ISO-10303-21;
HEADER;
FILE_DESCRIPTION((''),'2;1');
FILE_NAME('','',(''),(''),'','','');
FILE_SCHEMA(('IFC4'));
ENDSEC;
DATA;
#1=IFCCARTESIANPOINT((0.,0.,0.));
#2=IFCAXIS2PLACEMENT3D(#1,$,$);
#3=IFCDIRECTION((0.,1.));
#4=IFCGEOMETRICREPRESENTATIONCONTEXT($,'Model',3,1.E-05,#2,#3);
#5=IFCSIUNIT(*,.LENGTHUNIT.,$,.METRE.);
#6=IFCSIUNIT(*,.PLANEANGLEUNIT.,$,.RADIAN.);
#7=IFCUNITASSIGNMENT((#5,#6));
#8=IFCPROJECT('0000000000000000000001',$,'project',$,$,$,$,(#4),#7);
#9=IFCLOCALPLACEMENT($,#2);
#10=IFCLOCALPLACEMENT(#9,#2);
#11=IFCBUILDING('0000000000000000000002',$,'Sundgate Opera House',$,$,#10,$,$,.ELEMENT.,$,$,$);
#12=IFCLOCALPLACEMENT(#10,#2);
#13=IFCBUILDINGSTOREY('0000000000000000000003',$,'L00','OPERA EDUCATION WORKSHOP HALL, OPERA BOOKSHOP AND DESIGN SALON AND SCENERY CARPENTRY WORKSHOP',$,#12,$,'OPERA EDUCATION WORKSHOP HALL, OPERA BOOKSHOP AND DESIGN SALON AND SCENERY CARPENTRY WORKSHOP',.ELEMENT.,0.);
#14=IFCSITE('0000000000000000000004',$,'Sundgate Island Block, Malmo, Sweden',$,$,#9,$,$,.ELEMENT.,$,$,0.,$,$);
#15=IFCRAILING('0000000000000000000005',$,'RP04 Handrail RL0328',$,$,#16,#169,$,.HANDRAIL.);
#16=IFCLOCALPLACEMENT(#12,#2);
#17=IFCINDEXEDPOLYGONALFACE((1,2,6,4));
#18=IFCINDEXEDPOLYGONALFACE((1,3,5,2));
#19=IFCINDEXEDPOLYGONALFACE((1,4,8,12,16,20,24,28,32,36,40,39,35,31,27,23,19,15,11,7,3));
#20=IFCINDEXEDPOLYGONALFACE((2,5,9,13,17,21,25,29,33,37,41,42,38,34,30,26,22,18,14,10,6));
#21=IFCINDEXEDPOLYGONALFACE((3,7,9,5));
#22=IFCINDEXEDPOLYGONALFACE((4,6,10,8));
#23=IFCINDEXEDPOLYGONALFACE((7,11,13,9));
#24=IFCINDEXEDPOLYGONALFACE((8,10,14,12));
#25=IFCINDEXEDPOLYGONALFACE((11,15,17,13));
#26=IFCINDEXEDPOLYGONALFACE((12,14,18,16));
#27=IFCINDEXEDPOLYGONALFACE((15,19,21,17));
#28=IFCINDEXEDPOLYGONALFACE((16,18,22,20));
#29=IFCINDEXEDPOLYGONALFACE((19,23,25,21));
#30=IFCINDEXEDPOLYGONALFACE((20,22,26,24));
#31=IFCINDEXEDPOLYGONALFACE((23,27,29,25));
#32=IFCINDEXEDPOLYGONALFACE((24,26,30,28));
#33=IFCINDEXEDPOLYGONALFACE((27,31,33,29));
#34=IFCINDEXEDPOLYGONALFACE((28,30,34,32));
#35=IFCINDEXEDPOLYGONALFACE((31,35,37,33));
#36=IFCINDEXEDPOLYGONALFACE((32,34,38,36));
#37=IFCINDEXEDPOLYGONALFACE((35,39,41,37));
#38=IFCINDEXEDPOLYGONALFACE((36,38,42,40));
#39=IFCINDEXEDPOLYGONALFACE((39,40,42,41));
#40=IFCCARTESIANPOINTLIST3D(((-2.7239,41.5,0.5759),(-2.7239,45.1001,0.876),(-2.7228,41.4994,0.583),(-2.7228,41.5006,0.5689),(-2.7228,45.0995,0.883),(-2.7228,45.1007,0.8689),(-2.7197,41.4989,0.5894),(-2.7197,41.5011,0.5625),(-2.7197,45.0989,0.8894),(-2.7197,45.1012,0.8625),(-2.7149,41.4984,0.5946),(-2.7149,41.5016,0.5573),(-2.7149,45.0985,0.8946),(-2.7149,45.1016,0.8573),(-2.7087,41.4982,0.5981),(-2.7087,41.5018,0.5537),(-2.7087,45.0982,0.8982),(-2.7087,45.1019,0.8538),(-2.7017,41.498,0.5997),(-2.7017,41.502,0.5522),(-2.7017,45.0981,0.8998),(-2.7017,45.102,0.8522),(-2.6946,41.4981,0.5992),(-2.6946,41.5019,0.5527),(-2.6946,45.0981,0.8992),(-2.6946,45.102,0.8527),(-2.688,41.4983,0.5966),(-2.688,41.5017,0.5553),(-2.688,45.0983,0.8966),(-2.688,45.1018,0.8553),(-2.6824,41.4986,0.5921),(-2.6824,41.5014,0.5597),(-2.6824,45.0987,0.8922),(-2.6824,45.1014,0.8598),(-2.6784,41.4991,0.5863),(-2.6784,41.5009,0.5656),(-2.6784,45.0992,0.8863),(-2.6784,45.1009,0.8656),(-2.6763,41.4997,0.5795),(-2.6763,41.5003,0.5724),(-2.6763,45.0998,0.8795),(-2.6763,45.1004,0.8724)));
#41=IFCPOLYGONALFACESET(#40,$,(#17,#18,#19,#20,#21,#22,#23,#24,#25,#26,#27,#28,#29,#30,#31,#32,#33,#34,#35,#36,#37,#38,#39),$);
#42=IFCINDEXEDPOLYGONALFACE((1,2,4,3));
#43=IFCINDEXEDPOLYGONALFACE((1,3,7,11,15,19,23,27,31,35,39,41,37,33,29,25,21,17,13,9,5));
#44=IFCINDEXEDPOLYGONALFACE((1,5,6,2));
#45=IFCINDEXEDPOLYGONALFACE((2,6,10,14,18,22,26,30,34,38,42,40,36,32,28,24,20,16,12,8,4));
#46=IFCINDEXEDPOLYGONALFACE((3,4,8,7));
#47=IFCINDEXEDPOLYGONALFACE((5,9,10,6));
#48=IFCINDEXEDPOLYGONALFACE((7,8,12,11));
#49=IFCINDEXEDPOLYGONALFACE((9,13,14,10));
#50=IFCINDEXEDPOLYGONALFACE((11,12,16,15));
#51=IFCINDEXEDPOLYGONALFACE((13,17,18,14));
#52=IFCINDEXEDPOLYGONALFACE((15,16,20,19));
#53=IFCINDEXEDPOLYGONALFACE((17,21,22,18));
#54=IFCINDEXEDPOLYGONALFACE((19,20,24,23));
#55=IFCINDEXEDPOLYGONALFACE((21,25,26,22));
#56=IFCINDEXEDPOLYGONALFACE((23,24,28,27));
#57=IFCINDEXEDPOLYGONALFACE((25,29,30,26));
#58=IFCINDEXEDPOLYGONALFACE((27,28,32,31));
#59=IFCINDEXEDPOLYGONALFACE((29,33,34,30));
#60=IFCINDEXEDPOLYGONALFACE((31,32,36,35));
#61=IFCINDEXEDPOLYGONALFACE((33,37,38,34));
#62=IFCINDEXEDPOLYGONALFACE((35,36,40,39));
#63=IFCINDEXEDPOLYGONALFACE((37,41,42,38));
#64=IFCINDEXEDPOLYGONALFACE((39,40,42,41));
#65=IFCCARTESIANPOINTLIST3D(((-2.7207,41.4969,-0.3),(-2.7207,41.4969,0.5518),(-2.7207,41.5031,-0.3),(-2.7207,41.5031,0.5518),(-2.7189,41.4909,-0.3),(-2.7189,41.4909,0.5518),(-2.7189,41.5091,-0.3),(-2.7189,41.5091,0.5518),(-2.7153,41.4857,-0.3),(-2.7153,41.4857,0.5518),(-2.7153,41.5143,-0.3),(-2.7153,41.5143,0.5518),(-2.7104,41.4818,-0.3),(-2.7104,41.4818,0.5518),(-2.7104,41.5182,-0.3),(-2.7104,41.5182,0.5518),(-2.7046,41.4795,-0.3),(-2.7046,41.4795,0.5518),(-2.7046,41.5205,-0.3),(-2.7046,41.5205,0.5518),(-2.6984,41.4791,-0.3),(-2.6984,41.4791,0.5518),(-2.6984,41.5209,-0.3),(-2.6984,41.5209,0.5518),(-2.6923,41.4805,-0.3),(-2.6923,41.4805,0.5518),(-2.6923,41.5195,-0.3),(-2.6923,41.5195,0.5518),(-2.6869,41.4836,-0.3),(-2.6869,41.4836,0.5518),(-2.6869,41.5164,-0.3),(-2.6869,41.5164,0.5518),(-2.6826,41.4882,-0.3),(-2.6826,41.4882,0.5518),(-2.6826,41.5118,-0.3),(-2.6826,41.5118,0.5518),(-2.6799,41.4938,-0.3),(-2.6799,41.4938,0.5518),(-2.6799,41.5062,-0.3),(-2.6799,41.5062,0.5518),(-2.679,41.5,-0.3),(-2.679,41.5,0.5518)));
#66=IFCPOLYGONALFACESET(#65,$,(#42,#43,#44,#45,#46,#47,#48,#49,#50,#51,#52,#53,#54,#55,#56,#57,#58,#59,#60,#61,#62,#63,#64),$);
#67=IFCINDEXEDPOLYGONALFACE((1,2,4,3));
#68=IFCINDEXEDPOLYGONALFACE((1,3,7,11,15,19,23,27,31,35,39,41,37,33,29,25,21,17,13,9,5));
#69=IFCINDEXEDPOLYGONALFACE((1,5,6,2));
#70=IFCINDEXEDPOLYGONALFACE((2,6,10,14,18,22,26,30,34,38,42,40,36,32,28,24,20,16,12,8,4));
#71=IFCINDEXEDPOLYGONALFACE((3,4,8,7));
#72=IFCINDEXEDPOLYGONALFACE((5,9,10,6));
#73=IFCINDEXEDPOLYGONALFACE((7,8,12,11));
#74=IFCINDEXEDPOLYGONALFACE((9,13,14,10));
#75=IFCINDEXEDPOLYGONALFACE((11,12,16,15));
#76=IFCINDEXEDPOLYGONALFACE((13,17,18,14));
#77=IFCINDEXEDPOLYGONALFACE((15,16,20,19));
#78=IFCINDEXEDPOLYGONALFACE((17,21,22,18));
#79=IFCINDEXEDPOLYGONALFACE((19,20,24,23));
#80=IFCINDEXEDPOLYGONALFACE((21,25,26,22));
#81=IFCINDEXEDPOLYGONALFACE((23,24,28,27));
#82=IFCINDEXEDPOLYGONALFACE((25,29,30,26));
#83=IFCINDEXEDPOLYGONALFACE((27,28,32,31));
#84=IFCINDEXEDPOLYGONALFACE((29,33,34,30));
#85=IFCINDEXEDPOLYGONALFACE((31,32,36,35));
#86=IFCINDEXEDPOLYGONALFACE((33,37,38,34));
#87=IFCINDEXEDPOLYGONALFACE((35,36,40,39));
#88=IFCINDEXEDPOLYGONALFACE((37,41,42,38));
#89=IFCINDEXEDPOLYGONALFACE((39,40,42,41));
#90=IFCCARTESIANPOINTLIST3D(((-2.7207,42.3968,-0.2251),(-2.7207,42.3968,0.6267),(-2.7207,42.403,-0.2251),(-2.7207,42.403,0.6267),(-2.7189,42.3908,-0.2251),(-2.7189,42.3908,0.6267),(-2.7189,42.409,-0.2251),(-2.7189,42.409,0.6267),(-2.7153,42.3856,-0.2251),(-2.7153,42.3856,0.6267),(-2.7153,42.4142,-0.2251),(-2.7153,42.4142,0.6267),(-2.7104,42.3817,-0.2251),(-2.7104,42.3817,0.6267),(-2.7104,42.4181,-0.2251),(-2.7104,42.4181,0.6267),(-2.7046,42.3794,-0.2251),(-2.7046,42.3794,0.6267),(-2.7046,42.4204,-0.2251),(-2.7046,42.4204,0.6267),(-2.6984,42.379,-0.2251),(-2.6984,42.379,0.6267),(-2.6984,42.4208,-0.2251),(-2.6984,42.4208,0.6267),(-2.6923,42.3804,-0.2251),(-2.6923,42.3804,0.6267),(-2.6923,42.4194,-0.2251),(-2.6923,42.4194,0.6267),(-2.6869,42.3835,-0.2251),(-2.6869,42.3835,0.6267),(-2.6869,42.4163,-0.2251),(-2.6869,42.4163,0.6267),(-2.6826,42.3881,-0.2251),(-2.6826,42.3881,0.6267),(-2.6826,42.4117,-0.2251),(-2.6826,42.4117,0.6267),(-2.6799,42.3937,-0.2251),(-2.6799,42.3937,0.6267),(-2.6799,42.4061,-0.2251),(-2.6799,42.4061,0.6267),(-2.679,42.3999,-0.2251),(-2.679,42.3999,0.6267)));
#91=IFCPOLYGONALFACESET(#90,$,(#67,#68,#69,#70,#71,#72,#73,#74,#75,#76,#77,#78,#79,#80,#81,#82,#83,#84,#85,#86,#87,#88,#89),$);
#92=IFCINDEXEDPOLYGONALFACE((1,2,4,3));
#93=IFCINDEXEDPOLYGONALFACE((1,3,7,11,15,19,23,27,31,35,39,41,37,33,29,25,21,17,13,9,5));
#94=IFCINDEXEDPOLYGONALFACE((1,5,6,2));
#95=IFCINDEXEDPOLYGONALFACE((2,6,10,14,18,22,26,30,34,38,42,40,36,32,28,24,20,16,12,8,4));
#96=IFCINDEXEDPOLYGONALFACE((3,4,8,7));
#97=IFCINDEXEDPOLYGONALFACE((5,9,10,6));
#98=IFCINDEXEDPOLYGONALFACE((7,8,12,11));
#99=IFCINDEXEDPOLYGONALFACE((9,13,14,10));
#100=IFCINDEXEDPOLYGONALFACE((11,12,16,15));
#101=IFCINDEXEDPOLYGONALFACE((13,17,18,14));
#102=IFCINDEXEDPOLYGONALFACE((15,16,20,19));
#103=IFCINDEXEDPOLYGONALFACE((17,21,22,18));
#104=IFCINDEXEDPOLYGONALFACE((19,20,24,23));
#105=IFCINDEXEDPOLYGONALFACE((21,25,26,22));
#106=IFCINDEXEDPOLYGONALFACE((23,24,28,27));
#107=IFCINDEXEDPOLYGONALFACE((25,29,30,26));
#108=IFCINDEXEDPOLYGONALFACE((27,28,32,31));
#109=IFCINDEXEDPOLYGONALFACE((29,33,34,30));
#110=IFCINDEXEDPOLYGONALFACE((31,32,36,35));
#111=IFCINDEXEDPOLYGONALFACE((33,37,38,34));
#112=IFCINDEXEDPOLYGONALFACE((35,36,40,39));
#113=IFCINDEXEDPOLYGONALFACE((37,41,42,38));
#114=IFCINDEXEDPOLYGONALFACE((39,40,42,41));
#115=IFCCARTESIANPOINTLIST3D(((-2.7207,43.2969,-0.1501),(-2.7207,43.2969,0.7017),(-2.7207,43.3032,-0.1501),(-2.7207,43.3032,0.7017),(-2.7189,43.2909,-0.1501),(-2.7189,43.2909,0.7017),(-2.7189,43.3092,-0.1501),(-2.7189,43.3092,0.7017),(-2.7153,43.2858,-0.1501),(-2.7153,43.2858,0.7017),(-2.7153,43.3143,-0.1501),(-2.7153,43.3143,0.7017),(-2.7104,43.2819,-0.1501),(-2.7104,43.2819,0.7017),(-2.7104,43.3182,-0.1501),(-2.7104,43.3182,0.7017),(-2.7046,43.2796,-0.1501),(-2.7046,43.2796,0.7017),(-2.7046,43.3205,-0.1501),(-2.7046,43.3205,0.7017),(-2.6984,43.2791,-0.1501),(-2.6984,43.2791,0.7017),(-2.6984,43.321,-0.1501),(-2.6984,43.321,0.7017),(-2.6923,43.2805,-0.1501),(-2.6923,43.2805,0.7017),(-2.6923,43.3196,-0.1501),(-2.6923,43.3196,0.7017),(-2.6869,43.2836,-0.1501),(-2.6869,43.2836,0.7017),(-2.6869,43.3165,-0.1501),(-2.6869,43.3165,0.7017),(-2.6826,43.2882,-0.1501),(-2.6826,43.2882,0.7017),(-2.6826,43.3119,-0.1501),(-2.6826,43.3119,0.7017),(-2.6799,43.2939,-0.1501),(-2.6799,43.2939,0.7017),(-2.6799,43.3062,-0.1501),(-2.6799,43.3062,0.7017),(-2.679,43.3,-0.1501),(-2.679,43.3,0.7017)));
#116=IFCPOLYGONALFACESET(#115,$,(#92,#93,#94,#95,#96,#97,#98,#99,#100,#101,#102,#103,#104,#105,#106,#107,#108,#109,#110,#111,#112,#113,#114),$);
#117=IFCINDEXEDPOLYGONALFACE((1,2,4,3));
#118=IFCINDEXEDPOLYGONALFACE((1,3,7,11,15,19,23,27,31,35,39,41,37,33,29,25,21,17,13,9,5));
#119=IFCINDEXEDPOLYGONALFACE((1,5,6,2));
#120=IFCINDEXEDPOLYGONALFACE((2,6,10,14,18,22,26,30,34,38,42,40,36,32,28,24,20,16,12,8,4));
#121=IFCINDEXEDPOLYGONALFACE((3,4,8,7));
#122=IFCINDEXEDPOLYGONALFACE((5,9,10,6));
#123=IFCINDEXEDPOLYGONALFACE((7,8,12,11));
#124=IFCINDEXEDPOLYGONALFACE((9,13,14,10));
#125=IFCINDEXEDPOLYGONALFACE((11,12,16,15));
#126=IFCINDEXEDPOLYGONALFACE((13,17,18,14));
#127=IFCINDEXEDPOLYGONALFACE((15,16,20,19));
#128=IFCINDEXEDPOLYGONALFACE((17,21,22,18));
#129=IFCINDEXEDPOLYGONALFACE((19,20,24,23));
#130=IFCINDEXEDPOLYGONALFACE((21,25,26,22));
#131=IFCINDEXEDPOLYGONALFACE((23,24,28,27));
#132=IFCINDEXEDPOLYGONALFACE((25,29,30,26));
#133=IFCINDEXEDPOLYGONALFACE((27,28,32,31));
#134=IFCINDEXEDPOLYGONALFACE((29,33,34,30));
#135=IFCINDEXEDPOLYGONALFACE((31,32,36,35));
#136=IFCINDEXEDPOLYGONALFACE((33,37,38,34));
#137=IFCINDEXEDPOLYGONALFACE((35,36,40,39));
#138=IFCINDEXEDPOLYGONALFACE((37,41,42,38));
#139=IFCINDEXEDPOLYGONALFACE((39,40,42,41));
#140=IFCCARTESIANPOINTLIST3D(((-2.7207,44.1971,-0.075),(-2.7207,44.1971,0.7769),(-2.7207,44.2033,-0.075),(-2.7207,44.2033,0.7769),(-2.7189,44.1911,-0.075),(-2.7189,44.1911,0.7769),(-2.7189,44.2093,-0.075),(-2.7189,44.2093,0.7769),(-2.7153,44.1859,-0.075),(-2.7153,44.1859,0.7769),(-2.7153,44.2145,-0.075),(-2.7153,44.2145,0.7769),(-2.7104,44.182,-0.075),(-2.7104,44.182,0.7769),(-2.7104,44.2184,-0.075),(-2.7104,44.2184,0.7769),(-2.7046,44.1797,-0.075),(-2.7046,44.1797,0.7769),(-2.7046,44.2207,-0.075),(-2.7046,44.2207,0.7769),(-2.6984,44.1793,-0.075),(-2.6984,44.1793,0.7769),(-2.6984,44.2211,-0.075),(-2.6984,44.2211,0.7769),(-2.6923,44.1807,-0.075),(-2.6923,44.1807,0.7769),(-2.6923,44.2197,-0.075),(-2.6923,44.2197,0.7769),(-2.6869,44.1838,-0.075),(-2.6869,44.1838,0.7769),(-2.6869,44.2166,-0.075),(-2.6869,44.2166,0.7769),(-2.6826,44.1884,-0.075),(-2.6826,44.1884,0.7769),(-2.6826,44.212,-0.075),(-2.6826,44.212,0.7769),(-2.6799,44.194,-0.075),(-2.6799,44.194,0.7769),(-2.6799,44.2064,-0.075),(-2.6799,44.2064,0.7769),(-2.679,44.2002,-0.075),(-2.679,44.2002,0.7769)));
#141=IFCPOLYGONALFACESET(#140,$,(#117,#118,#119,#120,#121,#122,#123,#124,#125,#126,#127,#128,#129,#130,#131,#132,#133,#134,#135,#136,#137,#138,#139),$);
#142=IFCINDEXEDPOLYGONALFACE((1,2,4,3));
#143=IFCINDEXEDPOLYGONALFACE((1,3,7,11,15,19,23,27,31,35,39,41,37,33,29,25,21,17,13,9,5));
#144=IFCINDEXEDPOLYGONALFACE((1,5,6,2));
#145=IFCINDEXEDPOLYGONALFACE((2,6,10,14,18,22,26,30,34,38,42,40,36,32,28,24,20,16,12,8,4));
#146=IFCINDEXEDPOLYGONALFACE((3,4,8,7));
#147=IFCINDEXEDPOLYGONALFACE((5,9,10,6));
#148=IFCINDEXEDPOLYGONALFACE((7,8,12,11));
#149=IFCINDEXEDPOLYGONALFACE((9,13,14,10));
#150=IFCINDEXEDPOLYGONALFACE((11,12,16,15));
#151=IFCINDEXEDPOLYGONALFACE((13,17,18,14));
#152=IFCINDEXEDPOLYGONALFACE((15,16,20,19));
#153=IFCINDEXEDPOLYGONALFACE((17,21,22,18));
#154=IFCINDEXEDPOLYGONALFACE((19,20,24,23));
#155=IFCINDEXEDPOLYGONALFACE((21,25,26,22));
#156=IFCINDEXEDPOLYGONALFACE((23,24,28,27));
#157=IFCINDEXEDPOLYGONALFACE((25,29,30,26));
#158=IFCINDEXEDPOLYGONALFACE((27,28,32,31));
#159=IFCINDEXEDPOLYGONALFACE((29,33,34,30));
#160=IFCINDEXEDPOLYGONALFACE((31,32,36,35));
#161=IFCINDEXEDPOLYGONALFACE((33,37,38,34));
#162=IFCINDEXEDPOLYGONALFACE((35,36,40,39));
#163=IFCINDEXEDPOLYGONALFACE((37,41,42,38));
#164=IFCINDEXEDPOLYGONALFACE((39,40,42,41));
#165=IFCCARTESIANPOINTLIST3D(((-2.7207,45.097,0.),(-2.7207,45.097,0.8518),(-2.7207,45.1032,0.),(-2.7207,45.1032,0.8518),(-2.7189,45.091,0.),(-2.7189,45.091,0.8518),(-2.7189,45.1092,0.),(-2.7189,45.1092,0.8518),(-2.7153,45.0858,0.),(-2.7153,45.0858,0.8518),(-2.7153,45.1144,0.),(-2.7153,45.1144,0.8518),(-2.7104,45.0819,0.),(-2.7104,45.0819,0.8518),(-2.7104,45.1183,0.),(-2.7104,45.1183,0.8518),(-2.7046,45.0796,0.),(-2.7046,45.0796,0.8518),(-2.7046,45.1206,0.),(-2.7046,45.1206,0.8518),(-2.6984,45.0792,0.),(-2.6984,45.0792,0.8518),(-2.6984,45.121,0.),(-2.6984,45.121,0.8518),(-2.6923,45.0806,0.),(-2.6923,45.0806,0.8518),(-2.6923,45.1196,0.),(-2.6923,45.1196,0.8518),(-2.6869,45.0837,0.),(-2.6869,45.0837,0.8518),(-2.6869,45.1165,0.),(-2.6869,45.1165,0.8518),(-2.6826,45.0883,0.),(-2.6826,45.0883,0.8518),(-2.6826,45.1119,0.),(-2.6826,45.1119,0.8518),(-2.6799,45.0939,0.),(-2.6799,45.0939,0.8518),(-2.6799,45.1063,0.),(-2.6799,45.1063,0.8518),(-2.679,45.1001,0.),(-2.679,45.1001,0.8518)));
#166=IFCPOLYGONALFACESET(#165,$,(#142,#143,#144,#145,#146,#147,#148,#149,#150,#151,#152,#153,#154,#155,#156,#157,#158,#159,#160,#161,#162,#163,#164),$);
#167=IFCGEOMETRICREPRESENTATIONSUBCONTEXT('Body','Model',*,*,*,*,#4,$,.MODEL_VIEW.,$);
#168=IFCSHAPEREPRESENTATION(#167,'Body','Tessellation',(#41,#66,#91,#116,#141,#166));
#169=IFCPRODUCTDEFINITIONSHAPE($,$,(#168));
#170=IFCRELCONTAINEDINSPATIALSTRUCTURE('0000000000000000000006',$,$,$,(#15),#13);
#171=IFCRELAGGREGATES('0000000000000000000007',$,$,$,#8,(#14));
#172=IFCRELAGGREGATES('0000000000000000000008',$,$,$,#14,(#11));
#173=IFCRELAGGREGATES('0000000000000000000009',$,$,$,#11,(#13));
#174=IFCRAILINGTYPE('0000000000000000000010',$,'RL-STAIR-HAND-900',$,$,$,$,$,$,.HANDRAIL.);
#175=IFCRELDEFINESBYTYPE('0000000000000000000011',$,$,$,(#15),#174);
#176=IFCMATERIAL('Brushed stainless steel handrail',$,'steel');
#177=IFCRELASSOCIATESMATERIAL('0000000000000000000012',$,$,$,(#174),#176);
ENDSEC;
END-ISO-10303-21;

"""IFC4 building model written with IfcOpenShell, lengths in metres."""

from ifc_helpers import new_model, si_unit, direction, frame, origin, origin_2d, place, context, subcontext, project, spatial, circle, extrude, material, type_object, element, save


model = new_model("IFC4")

# Units and contexts
model_context = context("Model", 3, precision=1e-05, world=origin(), true_north=direction((0.0, 1.0)))
body_context = subcontext(model_context, "Body", "Model", "MODEL_VIEW")
ifc_project = project(units=[si_unit("LENGTHUNIT", "METRE"), si_unit("PLANEANGLEUNIT", "RADIAN")], contexts=[model_context])

# Site, building, storey
site_placement = place(None, origin())
site = spatial("IfcSite", under=ifc_project, at=site_placement, Name="Sundgate Island Block, Malmo, Sweden", CompositionType="ELEMENT", RefElevation=0.0)
building_placement = place(site_placement, origin())
building = spatial("IfcBuilding", under=site, at=building_placement, Name="Sundgate Opera House", CompositionType="ELEMENT")
storey_placement = place(building_placement, origin())
storey = spatial("IfcBuildingStorey", under=building, at=storey_placement, Name="L00", Description="OPERA EDUCATION WORKSHOP HALL, OPERA BOOKSHOP AND DESIGN SALON AND SCENERY CARPENTRY WORKSHOP", LongName="OPERA EDUCATION WORKSHOP HALL, OPERA BOOKSHOP AND DESIGN SALON AND SCENERY CARPENTRY WORKSHOP", CompositionType="ELEMENT", Elevation=0.0)

# Railing
ifc_material_1 = material(Name="Brushed stainless steel handrail", Category="steel")
railing_type = type_object("IfcRailingType", Name="RL-STAIR-HAND-900", PredefinedType="HANDRAIL", material=ifc_material_1)
for number, where, name in (
    (1, (-2.7, 41.5, -0.3), "RP04 Handrail RL0328"),
):
    element("IfcRailing", number, at=place(storey_placement, frame(where)), inside=storey, type_object=railing_type, Name=name, PredefinedType="HANDRAIL", context=body_context, shape_type="SweptSolid", body=[
        extrude(circle(Radius=0.0239, at=origin_2d()), frame((0.0, 0.0, 0.876), z_axis=(0.0, 0.996545, 0.083057), x_axis=(-1.0, 0.0, 0.0)), (0.0, 0.0, 1.0), 3.6125),
        extrude(circle(Radius=0.021, at=origin_2d()), origin(), (0.0, 0.0, 1.0), 0.8518),
        extrude(circle(Radius=0.021, at=origin_2d()), frame((0.0, 0.8999, 0.075)), (0.0, 0.0, 1.0), 0.8518),
        extrude(circle(Radius=0.021, at=origin_2d()), frame((0.0, 1.8, 0.1499)), (0.0, 0.0, 1.0), 0.8518),
        extrude(circle(Radius=0.021, at=origin_2d()), frame((0.0, 2.7002, 0.2251)), (0.0, 0.0, 1.0), 0.8518),
        extrude(circle(Radius=0.021, at=origin_2d()), frame((0.0, 3.6001, 0.3)), (0.0, 0.0, 1.0), 0.8518),
    ])

save(model, "model.ifc")
